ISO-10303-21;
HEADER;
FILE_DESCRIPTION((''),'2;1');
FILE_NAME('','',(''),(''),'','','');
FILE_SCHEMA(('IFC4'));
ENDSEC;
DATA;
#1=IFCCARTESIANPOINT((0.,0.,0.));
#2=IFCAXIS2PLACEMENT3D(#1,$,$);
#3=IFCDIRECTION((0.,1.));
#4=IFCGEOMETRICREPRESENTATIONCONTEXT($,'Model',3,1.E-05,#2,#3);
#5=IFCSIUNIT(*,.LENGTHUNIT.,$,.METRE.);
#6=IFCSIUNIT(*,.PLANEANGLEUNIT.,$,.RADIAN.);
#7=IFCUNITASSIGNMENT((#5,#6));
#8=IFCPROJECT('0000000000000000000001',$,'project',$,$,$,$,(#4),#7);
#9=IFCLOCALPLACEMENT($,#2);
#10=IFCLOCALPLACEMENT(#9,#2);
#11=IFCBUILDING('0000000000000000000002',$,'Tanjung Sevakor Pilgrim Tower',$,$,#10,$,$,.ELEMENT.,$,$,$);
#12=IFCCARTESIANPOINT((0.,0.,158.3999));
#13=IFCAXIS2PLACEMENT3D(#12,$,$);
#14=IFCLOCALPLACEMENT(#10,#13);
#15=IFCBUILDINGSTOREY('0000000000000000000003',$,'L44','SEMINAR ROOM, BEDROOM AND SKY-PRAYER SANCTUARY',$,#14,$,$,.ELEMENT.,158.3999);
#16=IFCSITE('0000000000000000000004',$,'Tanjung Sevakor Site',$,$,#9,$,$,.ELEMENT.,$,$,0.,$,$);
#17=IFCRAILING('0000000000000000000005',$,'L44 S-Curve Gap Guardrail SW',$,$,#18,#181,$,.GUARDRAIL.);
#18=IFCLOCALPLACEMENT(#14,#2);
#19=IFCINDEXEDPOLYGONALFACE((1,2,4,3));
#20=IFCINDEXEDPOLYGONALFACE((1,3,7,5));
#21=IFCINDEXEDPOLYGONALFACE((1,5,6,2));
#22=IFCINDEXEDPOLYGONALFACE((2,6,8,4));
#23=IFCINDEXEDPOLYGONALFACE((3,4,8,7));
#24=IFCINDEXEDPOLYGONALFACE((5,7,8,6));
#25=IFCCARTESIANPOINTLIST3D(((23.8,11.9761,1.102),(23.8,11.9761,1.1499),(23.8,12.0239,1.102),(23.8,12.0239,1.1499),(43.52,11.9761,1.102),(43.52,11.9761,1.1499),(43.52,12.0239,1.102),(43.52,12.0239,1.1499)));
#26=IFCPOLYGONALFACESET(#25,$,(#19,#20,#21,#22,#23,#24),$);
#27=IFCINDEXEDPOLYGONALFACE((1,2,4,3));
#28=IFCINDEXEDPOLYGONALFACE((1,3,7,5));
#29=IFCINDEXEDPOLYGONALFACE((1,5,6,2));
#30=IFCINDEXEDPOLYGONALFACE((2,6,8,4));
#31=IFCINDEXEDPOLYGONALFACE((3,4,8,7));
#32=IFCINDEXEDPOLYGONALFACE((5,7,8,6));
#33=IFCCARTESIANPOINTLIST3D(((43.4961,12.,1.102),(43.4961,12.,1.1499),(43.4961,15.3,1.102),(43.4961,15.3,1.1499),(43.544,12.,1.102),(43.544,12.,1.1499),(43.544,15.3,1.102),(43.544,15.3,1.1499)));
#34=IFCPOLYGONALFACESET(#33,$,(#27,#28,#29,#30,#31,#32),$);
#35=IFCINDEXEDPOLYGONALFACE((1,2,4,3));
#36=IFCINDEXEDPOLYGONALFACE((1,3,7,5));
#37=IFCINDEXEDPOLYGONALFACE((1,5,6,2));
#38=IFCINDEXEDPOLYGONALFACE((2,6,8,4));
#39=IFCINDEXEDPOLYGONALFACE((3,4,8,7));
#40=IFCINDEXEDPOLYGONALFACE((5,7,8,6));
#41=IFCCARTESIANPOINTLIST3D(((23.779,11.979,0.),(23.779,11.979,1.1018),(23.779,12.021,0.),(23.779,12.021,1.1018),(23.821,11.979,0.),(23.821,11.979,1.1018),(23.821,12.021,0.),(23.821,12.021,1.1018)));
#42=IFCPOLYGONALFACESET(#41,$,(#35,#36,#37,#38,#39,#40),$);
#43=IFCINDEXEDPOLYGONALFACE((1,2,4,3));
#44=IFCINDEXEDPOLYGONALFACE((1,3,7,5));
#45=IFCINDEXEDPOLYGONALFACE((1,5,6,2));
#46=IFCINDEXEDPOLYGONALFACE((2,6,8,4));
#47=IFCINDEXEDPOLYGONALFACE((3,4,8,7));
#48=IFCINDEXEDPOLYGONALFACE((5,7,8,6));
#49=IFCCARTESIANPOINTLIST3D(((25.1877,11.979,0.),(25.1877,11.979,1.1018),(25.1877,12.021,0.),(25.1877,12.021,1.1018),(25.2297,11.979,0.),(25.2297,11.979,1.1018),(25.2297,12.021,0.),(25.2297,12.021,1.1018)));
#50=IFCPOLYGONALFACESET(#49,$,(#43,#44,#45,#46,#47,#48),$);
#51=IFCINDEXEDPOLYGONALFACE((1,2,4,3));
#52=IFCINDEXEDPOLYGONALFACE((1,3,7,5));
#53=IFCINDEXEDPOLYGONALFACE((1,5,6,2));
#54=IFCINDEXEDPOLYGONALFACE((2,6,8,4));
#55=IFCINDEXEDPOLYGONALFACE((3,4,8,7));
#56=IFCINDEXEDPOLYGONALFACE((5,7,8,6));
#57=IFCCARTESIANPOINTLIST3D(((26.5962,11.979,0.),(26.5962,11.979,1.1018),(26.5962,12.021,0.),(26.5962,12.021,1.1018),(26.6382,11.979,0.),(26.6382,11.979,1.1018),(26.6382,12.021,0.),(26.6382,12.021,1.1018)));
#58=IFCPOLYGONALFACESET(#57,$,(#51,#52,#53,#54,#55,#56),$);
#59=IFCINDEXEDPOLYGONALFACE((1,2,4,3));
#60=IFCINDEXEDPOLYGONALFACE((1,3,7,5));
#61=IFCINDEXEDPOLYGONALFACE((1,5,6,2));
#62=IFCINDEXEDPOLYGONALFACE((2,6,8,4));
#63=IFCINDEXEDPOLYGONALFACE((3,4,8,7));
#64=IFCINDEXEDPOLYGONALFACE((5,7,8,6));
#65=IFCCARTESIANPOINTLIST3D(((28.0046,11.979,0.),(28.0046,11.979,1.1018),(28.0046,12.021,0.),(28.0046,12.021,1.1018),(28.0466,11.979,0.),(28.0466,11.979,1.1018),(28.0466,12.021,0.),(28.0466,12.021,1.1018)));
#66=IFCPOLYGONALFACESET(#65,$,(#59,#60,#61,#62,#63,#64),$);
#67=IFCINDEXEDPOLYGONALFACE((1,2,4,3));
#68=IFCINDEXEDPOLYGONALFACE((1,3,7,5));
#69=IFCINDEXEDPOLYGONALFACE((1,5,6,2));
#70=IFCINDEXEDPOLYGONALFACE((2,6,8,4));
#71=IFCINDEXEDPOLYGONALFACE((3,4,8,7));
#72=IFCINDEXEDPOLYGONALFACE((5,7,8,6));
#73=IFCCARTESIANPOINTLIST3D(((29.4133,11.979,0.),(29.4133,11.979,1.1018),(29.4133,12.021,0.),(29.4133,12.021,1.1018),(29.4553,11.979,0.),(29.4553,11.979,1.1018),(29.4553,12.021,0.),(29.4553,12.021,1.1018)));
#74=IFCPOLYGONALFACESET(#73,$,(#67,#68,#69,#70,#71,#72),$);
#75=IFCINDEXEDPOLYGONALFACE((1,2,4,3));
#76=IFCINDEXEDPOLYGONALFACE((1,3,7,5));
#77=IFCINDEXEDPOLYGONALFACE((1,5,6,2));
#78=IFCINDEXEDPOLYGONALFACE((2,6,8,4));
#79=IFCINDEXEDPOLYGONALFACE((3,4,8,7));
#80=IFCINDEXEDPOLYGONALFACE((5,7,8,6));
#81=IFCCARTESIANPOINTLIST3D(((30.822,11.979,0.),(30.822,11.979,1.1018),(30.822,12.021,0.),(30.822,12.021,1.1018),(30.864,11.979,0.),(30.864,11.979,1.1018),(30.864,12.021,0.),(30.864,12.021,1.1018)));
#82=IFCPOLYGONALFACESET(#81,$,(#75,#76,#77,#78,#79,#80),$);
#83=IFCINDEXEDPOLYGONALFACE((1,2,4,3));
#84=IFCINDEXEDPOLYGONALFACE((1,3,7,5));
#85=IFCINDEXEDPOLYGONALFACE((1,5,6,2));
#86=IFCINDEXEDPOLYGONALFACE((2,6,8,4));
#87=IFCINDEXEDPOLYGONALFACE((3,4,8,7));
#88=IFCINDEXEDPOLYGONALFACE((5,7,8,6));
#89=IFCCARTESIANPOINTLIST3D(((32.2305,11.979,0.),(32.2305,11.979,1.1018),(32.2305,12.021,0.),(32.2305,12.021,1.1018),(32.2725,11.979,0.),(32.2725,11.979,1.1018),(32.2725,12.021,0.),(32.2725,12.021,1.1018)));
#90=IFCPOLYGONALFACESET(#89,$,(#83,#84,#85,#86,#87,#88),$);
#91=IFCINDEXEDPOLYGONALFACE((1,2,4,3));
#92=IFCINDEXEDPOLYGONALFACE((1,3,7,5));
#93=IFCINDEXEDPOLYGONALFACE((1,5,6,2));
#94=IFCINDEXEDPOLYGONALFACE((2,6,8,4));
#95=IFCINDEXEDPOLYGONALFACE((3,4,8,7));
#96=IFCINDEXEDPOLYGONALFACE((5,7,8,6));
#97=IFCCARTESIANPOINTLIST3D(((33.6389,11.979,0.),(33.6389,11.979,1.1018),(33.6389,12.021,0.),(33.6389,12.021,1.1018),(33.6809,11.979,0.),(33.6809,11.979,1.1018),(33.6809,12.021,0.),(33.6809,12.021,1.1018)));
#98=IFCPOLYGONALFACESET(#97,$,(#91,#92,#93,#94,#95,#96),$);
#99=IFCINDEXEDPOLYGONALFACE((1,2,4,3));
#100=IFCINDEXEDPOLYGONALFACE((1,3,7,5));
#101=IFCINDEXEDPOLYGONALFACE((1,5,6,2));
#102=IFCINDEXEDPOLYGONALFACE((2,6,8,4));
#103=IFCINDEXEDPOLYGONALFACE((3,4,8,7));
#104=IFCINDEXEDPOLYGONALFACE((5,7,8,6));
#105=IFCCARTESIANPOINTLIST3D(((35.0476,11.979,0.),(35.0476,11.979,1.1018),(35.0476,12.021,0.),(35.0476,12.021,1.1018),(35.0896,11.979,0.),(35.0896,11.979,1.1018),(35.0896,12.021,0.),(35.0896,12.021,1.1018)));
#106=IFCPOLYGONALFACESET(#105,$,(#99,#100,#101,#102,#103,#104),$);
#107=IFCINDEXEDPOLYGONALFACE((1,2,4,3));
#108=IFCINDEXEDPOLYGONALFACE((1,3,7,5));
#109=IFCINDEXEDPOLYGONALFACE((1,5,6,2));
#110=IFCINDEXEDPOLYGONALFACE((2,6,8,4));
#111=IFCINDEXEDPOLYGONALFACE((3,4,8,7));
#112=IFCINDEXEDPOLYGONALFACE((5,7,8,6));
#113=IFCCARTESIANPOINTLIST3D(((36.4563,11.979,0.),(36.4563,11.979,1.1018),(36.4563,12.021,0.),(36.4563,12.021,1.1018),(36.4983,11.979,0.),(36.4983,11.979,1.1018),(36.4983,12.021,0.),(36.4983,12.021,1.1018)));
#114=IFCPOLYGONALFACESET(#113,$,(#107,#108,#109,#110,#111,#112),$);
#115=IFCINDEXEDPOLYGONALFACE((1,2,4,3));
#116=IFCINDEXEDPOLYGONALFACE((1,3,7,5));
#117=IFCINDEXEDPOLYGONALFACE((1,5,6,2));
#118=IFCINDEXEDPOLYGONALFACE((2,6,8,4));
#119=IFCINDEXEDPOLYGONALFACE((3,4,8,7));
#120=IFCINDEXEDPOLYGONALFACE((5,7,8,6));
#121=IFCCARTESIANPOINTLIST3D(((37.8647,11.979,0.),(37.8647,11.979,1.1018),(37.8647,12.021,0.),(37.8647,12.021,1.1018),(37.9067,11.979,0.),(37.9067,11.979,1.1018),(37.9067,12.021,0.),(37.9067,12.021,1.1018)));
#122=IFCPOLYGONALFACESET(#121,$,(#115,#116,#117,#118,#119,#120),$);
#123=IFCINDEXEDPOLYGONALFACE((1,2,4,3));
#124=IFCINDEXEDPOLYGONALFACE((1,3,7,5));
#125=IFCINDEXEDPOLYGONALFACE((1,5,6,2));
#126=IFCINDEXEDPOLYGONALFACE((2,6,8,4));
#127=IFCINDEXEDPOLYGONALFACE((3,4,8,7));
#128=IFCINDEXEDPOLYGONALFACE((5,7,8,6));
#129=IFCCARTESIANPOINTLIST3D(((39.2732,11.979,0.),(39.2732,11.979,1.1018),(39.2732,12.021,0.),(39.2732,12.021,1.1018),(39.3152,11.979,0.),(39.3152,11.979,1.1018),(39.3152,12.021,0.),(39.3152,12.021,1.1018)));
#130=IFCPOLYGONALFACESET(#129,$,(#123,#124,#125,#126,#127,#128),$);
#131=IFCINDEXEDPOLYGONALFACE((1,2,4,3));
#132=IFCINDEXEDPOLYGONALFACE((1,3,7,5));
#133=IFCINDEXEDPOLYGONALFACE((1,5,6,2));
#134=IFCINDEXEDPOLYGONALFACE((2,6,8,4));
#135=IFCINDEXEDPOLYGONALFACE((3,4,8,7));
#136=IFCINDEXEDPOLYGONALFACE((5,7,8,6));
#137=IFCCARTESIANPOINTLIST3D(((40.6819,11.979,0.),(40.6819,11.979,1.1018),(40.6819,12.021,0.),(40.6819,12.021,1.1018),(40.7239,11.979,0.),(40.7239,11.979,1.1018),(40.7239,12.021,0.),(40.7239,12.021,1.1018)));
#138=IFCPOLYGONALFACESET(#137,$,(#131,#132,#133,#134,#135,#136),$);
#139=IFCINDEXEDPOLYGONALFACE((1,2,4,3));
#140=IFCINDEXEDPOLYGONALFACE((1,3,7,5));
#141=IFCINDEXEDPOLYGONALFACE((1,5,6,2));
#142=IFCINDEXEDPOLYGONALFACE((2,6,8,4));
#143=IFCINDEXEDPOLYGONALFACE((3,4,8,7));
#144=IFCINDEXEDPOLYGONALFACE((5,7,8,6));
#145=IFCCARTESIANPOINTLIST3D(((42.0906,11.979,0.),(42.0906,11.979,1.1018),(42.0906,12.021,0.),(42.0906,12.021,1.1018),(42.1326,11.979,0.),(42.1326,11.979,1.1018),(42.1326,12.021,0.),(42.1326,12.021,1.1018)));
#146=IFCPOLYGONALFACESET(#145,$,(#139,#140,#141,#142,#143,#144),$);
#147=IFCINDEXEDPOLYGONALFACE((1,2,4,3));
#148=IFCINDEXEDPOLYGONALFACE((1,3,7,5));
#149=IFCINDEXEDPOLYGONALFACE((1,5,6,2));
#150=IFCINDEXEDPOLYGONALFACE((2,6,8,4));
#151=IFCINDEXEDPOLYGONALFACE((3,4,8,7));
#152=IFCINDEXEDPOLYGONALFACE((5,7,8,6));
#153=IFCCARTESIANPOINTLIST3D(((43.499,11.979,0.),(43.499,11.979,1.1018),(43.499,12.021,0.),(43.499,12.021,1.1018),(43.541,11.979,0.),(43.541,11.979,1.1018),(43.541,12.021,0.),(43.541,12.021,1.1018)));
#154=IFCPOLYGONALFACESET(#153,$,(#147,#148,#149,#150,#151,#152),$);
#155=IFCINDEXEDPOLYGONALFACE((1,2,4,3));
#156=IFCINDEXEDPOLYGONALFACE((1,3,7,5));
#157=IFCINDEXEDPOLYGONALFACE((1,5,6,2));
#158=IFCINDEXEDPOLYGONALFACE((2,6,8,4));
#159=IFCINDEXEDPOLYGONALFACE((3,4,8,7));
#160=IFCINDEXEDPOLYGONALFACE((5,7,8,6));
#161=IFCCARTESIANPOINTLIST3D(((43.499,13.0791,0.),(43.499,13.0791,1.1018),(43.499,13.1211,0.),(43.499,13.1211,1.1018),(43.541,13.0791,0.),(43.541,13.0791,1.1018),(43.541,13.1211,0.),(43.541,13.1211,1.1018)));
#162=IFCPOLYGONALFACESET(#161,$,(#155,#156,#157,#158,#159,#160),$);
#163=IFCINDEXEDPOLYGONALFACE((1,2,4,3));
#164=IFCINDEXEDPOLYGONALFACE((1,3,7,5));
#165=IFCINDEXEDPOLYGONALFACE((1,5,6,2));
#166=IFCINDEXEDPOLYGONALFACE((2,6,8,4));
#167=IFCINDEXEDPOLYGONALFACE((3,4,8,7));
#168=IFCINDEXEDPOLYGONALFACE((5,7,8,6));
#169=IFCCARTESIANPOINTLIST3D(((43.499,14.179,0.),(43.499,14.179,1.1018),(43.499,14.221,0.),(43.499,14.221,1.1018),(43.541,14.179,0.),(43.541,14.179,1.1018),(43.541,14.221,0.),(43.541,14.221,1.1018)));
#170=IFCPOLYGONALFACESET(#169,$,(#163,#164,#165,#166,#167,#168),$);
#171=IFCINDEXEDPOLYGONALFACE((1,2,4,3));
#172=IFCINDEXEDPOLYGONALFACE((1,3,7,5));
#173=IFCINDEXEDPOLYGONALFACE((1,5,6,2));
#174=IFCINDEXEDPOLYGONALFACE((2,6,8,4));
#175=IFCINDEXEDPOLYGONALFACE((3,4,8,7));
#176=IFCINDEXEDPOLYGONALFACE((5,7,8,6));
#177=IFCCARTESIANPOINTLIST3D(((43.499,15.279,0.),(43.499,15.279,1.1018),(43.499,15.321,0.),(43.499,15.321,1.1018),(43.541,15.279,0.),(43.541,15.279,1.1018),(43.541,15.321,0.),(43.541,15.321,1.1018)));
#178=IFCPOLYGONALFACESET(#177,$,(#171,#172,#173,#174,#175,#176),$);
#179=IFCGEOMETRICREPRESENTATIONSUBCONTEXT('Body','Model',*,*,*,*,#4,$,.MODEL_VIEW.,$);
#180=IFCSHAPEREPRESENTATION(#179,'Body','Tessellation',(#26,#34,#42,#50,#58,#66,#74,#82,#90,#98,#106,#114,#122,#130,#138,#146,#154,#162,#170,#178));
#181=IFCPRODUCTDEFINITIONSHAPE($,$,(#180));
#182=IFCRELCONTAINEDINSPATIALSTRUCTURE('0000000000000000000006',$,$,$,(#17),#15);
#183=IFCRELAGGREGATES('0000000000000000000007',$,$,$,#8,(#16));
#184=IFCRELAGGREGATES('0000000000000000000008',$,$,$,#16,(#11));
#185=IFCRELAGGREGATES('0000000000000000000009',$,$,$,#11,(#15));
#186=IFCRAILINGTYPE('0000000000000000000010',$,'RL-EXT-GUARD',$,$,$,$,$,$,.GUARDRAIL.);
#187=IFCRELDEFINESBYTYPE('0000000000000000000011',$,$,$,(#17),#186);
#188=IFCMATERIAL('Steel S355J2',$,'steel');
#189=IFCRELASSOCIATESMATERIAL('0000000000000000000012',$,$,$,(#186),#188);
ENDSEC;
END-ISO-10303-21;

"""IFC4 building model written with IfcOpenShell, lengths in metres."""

from ifc_helpers import new_model, si_unit, direction, frame, origin, place, context, subcontext, project, spatial, rectangle, extrude, material, type_object, element, save


model = new_model("IFC4")

# Units and contexts
model_context = context("Model", 3, precision=1e-05, world=origin(), true_north=direction((0.0, 1.0)))
body_context = subcontext(model_context, "Body", "Model", "MODEL_VIEW")
ifc_project = project(units=[si_unit("LENGTHUNIT", "METRE"), si_unit("PLANEANGLEUNIT", "RADIAN")], contexts=[model_context])

# Site, building, storey
site_placement = place(None, origin())
site = spatial("IfcSite", under=ifc_project, at=site_placement, Name="Tanjung Sevakor Site", CompositionType="ELEMENT", RefElevation=0.0)
building_placement = place(site_placement, origin())
building = spatial("IfcBuilding", under=site, at=building_placement, Name="Tanjung Sevakor Pilgrim Tower", CompositionType="ELEMENT")
storey_placement = place(building_placement, frame((0.0, 0.0, 158.3999)))
storey = spatial("IfcBuildingStorey", under=building, at=storey_placement, Name="L44", Description="SEMINAR ROOM, BEDROOM AND SKY-PRAYER SANCTUARY", CompositionType="ELEMENT", Elevation=158.3999)

# Railing
ifc_material_1 = material(Name="Steel S355J2", Category="steel")
railing_type_1 = type_object("IfcRailingType", Name="RL-EXT-GUARD", PredefinedType="GUARDRAIL", material=ifc_material_1)
railing_1_placement = place(storey_placement, frame((23.8, 12.0, 0.0)))
element("IfcRailing", 1, at=railing_1_placement, inside=storey, type_object=railing_type_1, Name="L44 S-Curve Gap Guardrail SW", PredefinedType="GUARDRAIL", context=body_context, shape_type="SweptSolid", body=[
    extrude(rectangle(XDim=0.0479, YDim=0.0479), frame((0.0, 0.0, 1.126), z_axis=(1.0, 0.0, 0.0), x_axis=(0.0, 1.0, 0.0)), (0.0, 0.0, 1.0), 19.72),
    extrude(rectangle(XDim=0.0479, YDim=0.0479), frame((19.72, 0.0, 1.126), z_axis=(0.0, 1.0, 0.0), x_axis=(-1.0, 0.0, 0.0)), (0.0, 0.0, 1.0), 3.3),
    extrude(rectangle(XDim=0.042, YDim=0.042), origin(), (0.0, 0.0, 1.0), 1.1018),
    extrude(rectangle(XDim=0.042, YDim=0.042), frame((1.4087, 0.0, 0.0)), (0.0, 0.0, 1.0), 1.1018),
    extrude(rectangle(XDim=0.042, YDim=0.042), frame((2.8171, 0.0, 0.0)), (0.0, 0.0, 1.0), 1.1018),
    extrude(rectangle(XDim=0.042, YDim=0.042), frame((4.2256, 0.0, 0.0)), (0.0, 0.0, 1.0), 1.1018),
    extrude(rectangle(XDim=0.042, YDim=0.042), frame((5.6343, 0.0, 0.0)), (0.0, 0.0, 1.0), 1.1018),
    extrude(rectangle(XDim=0.042, YDim=0.042), frame((7.043, 0.0, 0.0)), (0.0, 0.0, 1.0), 1.1018),
    extrude(rectangle(XDim=0.042, YDim=0.042), frame((8.4514, 0.0, 0.0)), (0.0, 0.0, 1.0), 1.1018),
    extrude(rectangle(XDim=0.042, YDim=0.042), frame((9.8599, 0.0, 0.0)), (0.0, 0.0, 1.0), 1.1018),
    extrude(rectangle(XDim=0.042, YDim=0.042), frame((11.2686, 0.0, 0.0)), (0.0, 0.0, 1.0), 1.1018),
    extrude(rectangle(XDim=0.042, YDim=0.042), frame((12.6772, 0.0, 0.0)), (0.0, 0.0, 1.0), 1.1018),
    extrude(rectangle(XDim=0.042, YDim=0.042), frame((14.0857, 0.0, 0.0)), (0.0, 0.0, 1.0), 1.1018),
    extrude(rectangle(XDim=0.042, YDim=0.042), frame((15.4941, 0.0, 0.0)), (0.0, 0.0, 1.0), 1.1018),
    extrude(rectangle(XDim=0.042, YDim=0.042), frame((16.9028, 0.0, 0.0)), (0.0, 0.0, 1.0), 1.1018),
    extrude(rectangle(XDim=0.042, YDim=0.042), frame((18.3115, 0.0, 0.0)), (0.0, 0.0, 1.0), 1.1018),
    extrude(rectangle(XDim=0.042, YDim=0.042), frame((19.72, 0.0, 0.0)), (0.0, 0.0, 1.0), 1.1018),
    extrude(rectangle(XDim=0.042, YDim=0.042), frame((19.72, 1.1001, 0.0)), (0.0, 0.0, 1.0), 1.1018),
    extrude(rectangle(XDim=0.042, YDim=0.042), frame((19.72, 2.2, 0.0)), (0.0, 0.0, 1.0), 1.1018),
    extrude(rectangle(XDim=0.042, YDim=0.042), frame((19.72, 3.3, 0.0)), (0.0, 0.0, 1.0), 1.1018),
])

save(model, "model.ifc")
